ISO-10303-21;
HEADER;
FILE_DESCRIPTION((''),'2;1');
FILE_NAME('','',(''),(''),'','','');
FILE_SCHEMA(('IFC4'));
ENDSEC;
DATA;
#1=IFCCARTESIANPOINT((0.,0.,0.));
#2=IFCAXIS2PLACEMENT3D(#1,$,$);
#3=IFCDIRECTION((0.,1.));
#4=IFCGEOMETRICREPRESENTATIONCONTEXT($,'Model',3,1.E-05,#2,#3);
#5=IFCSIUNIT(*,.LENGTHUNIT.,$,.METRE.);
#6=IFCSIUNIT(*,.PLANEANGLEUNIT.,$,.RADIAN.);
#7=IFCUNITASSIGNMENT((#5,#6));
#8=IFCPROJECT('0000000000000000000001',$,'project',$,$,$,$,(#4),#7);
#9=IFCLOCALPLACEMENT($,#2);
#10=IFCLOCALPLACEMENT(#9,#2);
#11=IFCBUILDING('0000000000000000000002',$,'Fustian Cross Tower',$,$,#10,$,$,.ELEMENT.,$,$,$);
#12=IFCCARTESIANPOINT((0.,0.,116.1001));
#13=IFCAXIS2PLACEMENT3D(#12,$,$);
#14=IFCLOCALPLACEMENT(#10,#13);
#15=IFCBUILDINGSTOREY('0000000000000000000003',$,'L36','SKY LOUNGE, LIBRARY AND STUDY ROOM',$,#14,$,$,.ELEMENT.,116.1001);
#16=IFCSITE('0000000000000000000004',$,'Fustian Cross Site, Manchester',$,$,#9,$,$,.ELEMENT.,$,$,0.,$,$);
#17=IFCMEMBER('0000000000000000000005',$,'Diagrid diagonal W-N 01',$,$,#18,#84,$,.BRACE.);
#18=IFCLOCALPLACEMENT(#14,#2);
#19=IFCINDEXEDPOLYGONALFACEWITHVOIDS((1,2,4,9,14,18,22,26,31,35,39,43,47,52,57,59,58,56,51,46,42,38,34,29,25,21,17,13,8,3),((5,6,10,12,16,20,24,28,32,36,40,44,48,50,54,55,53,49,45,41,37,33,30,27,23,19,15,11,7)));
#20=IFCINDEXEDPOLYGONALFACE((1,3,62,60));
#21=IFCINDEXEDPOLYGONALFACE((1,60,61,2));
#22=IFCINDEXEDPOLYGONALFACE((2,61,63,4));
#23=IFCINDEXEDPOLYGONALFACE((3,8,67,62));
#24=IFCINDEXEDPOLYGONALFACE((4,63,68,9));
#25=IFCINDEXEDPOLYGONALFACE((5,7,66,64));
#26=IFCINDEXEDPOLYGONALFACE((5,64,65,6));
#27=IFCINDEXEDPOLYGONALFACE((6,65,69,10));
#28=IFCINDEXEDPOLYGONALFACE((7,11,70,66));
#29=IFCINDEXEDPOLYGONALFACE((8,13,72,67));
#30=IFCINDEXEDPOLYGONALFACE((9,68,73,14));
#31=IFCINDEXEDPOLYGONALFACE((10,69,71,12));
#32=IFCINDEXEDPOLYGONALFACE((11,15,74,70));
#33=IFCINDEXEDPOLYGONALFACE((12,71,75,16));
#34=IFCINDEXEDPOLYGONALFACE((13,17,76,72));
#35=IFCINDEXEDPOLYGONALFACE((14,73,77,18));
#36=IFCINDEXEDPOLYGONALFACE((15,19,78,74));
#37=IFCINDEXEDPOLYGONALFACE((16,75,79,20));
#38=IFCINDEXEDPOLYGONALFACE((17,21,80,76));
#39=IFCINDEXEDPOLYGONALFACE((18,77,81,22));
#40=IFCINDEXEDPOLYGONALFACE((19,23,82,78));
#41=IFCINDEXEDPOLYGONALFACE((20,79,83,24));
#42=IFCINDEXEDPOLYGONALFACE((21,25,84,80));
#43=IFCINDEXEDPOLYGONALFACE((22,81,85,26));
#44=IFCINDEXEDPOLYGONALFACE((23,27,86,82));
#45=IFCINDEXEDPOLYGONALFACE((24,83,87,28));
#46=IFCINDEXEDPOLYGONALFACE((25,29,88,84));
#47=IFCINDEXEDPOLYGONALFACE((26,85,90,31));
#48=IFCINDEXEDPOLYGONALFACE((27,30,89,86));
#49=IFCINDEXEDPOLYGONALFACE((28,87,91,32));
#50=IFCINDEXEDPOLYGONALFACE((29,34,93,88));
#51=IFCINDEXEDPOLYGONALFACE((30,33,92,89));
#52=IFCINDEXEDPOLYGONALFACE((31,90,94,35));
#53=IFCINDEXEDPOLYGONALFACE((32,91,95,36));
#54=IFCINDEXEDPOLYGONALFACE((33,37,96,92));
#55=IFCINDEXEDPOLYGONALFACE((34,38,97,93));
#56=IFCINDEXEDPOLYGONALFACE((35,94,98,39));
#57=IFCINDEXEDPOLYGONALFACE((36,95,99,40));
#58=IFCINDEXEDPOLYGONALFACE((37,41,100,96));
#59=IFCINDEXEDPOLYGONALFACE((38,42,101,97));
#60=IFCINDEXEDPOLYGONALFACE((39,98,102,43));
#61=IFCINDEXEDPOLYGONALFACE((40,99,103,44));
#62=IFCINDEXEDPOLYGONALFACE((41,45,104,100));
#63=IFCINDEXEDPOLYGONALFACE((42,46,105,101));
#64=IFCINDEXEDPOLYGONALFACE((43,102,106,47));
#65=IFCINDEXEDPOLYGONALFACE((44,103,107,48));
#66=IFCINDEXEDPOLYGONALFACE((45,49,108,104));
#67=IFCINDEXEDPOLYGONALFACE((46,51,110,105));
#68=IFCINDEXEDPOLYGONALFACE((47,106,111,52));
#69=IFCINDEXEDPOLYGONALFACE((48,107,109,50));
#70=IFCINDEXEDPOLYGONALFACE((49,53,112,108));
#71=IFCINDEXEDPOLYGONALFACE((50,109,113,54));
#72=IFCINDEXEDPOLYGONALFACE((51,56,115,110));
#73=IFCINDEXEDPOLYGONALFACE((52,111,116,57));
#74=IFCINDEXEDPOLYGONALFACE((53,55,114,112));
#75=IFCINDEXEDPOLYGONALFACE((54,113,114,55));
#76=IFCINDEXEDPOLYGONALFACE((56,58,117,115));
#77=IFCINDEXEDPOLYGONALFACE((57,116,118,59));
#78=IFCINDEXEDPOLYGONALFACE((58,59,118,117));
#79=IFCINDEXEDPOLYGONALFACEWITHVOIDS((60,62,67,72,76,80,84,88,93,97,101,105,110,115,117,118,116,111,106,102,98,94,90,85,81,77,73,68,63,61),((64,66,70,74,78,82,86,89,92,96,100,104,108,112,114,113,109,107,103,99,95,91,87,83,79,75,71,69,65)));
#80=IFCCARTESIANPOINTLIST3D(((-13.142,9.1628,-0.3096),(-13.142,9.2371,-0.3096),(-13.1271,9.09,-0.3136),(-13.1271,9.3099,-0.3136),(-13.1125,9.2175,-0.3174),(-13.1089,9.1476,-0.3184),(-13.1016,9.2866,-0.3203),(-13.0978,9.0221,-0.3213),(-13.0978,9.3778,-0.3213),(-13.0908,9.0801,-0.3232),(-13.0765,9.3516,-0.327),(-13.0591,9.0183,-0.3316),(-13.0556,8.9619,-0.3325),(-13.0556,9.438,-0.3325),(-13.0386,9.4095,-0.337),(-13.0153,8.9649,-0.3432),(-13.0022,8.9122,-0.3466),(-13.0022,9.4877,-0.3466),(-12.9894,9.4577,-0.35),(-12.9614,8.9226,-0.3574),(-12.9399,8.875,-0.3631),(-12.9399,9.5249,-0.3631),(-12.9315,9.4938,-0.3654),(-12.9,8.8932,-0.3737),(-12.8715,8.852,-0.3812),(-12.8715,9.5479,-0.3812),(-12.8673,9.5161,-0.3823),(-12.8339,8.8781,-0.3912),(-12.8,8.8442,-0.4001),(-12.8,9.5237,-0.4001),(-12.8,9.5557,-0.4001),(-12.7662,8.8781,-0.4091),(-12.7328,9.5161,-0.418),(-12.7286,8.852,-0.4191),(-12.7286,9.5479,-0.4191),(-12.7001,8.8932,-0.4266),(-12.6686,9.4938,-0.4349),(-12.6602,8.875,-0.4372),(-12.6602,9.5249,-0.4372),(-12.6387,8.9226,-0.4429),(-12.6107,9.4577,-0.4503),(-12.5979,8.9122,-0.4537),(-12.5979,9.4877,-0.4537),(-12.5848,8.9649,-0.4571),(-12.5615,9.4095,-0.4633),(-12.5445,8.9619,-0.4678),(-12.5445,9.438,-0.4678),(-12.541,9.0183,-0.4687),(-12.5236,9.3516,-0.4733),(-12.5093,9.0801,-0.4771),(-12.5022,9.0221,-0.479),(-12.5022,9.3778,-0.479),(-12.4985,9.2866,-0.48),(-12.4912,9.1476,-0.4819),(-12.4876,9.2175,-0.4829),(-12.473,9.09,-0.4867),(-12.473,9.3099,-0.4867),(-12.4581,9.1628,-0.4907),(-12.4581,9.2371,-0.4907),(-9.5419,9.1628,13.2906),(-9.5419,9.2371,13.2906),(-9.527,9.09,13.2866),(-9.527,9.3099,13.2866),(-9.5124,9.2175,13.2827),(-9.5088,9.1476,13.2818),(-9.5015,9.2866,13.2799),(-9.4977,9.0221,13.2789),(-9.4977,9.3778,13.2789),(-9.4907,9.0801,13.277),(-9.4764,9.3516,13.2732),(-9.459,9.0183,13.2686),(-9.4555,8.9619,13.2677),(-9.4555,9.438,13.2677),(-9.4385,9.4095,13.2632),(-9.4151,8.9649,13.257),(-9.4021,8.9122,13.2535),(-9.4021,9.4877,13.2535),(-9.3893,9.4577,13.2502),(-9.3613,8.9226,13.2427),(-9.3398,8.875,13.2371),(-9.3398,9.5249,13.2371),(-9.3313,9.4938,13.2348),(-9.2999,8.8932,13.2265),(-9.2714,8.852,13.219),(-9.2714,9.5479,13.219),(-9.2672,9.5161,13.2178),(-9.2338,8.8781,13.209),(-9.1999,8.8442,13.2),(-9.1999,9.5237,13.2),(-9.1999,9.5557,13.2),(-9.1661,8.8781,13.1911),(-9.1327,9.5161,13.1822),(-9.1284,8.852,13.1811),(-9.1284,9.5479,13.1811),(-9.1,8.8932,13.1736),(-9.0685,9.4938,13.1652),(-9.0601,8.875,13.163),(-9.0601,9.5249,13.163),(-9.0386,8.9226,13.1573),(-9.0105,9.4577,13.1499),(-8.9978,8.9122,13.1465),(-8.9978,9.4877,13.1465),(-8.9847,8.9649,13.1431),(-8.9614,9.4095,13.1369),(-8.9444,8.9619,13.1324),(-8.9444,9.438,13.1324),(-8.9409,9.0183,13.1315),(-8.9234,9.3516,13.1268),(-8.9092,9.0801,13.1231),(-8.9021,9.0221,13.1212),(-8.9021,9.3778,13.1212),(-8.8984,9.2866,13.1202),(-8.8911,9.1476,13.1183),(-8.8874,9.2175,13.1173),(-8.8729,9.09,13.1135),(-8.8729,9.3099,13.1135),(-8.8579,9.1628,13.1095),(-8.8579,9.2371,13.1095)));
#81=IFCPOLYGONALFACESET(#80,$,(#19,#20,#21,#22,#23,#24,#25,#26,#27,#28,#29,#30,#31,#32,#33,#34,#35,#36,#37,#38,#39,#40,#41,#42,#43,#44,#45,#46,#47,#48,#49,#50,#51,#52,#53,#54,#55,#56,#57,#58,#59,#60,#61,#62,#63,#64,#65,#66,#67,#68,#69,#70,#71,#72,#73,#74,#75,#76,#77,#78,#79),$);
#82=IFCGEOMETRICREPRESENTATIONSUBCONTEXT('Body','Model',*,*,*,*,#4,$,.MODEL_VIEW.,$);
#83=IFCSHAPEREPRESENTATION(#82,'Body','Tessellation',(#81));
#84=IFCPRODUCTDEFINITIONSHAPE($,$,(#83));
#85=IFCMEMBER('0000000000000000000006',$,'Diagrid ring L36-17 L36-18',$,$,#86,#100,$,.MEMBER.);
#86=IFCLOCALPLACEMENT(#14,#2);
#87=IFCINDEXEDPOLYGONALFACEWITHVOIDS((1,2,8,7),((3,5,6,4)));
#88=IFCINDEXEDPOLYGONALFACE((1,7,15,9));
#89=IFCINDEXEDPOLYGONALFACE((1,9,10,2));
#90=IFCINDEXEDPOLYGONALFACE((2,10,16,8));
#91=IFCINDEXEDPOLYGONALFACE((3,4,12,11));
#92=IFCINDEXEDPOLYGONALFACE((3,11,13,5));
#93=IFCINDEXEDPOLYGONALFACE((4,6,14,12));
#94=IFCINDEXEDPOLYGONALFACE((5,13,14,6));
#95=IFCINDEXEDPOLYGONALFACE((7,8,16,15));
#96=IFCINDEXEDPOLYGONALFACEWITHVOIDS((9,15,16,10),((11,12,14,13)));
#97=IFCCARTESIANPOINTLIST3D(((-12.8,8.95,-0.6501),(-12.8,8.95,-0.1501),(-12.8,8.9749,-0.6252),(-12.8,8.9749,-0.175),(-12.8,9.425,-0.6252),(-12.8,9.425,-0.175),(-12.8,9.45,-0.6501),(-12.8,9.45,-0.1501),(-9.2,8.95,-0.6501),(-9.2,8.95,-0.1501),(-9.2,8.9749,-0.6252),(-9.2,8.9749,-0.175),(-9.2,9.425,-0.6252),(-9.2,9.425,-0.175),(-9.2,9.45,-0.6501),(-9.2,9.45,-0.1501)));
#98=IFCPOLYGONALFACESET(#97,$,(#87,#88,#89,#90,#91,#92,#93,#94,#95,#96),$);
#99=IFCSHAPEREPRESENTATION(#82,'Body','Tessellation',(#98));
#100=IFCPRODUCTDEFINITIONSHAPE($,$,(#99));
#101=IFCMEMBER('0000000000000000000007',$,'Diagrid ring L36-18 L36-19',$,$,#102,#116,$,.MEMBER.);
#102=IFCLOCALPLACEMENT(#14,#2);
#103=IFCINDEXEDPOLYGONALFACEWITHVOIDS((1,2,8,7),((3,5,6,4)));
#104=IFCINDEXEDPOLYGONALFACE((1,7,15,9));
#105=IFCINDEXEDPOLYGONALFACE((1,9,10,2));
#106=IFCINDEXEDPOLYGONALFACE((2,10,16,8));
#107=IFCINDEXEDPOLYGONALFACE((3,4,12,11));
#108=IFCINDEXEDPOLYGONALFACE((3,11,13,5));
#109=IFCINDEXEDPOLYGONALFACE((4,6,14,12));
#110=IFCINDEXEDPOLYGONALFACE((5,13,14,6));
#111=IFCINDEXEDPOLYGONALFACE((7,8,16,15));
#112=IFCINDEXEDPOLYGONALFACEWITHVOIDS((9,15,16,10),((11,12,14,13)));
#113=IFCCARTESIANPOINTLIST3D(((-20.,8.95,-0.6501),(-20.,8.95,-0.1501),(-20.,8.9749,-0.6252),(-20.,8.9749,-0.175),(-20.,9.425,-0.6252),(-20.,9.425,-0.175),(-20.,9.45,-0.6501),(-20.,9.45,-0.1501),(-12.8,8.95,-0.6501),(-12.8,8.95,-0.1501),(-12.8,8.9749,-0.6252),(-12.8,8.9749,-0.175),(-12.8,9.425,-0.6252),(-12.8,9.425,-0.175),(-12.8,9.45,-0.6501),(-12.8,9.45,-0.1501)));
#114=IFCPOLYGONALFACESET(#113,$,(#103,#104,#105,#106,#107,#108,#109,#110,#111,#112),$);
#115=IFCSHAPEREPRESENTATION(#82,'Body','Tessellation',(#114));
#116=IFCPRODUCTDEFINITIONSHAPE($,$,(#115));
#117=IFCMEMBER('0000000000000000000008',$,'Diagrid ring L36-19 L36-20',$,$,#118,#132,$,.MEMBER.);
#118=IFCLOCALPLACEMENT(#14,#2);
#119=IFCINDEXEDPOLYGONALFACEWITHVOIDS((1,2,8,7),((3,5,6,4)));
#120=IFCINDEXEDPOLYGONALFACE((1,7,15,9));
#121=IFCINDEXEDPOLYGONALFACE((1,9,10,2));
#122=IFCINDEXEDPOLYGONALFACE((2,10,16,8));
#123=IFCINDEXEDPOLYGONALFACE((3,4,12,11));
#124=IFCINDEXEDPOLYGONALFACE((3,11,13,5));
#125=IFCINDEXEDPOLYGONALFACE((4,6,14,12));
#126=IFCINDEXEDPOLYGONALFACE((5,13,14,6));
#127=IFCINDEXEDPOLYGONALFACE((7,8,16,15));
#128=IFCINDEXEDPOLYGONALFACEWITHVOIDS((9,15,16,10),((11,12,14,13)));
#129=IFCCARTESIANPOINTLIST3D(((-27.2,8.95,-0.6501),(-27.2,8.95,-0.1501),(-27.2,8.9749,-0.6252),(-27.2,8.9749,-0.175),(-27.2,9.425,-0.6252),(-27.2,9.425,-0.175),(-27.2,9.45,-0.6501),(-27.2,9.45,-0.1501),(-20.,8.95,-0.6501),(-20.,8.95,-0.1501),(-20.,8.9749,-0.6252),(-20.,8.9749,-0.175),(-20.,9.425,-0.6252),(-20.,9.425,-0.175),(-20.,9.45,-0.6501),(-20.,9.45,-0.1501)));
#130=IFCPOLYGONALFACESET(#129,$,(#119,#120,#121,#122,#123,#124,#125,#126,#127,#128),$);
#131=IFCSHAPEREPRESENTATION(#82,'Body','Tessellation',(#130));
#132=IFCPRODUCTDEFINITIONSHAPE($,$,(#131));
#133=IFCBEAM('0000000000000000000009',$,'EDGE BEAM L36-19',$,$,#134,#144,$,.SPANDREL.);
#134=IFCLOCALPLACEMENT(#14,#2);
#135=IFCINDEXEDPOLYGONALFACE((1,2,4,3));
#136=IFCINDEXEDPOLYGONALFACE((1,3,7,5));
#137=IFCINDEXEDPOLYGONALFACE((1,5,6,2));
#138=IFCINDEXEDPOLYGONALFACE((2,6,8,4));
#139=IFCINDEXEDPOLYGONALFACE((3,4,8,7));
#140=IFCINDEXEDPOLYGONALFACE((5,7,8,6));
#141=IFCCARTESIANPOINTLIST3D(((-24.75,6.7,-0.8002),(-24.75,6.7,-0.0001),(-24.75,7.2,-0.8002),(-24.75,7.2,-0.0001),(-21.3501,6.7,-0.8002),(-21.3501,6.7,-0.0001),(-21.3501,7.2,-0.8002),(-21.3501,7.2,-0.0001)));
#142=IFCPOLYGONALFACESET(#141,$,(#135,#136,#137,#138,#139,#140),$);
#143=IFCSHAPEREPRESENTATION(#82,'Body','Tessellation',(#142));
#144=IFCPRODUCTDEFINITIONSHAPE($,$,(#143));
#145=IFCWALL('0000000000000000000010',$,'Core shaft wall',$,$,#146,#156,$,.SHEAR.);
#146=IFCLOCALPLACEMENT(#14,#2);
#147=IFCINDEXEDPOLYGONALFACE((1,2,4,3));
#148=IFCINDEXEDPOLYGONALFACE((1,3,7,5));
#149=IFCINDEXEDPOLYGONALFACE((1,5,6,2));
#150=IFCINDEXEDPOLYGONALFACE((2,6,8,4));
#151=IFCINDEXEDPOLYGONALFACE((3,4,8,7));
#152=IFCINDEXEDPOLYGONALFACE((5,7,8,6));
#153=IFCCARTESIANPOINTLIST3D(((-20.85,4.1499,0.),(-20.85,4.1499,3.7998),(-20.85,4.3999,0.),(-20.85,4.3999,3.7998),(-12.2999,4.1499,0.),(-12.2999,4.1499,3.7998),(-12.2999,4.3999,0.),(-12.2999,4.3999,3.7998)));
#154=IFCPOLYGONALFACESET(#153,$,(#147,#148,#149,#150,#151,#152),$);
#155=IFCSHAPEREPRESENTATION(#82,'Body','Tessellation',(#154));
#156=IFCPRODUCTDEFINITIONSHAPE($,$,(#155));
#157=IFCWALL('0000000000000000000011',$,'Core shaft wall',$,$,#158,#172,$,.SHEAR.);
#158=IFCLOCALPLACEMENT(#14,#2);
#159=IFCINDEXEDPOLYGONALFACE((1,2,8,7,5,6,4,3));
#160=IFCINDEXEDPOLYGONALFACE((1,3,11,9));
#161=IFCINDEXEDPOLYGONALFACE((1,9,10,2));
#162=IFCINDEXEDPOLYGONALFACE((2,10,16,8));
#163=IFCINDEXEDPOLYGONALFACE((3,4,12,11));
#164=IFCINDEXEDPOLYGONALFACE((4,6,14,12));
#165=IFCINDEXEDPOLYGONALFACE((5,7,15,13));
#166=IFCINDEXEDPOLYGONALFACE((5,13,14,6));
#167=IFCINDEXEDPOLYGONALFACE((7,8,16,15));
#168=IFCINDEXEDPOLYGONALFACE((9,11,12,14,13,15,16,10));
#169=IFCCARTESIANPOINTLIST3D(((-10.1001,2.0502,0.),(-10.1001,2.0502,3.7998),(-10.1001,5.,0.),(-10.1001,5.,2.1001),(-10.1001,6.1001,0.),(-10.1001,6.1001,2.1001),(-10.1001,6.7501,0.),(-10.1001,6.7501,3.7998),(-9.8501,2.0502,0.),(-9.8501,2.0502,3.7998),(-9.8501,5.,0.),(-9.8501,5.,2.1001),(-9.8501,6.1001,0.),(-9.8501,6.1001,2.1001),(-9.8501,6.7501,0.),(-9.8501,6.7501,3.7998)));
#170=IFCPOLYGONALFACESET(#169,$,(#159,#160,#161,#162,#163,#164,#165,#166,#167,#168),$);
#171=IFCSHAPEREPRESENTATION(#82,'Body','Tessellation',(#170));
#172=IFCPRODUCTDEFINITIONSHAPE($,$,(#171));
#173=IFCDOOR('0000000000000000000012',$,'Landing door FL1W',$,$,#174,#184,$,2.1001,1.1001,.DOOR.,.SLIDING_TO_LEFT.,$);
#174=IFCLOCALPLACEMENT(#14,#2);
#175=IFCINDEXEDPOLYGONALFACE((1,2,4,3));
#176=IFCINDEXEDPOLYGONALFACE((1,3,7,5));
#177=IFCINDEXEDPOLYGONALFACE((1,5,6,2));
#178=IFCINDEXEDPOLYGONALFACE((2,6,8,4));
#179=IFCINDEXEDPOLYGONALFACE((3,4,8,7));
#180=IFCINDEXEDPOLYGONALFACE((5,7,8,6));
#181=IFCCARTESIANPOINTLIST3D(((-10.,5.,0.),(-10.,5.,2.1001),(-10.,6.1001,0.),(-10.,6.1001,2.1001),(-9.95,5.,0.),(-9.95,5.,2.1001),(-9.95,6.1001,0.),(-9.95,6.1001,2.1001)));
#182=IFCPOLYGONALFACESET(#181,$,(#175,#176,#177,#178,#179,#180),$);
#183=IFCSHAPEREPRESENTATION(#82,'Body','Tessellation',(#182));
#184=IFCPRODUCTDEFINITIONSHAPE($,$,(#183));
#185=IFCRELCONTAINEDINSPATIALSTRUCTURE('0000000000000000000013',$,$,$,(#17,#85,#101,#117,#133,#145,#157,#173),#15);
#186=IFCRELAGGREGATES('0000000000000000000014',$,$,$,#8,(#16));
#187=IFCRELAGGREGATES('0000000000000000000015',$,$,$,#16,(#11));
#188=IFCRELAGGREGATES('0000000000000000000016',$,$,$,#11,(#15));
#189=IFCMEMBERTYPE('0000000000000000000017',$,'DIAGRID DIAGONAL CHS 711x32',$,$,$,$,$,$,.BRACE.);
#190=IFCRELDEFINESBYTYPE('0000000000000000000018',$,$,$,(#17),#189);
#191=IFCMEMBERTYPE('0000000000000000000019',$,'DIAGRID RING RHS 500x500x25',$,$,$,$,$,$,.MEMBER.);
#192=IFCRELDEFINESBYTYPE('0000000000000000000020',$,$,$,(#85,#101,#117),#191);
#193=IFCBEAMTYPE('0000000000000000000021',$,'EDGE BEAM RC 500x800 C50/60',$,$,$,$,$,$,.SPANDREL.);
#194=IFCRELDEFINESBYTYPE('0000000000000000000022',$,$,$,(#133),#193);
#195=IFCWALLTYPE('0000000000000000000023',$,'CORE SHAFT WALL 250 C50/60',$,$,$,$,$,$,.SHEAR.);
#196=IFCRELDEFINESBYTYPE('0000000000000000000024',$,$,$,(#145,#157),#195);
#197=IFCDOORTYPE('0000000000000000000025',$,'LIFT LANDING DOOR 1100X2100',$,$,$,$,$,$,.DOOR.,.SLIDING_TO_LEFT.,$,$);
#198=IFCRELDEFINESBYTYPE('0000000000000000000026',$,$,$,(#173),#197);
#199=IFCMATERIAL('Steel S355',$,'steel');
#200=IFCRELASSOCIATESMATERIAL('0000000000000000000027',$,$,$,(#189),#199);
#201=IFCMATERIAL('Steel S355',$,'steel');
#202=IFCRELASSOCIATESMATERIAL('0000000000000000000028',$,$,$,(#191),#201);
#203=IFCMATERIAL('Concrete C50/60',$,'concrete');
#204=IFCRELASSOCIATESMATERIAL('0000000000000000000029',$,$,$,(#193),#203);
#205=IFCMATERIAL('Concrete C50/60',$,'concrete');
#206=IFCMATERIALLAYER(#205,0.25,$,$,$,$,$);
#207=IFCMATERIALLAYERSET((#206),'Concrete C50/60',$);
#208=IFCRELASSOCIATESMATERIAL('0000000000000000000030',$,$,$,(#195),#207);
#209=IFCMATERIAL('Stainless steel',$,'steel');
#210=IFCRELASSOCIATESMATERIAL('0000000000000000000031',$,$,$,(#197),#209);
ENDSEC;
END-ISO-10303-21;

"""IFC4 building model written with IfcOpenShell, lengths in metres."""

from ifc_helpers import new_model, si_unit, direction, frame, frame_2d, origin, origin_2d, place, context, subcontext, project, spatial, rectangle, hollow_rectangle, hollow_circle, extrude, material, layer, layer_set, material_profile, profile_set, type_object, element, fill, save


model = new_model("IFC4")

# Units and contexts
model_context = context("Model", 3, precision=1e-05, world=origin(), true_north=direction((0.0, 1.0)))
body_context = subcontext(model_context, "Body", "Model", "MODEL_VIEW")
ifc_project = project(units=[si_unit("LENGTHUNIT", "METRE"), si_unit("PLANEANGLEUNIT", "RADIAN")], contexts=[model_context])

# Site, building, storey
site_placement = place(None, origin())
site = spatial("IfcSite", under=ifc_project, at=site_placement, Name="Fustian Cross Site, Manchester", CompositionType="ELEMENT", RefElevation=0.0)
building_placement = place(site_placement, origin())
building = spatial("IfcBuilding", under=site, at=building_placement, Name="Fustian Cross Tower", CompositionType="ELEMENT")
storey_placement = place(building_placement, frame((0.0, 0.0, 116.1001)))
storey = spatial("IfcBuildingStorey", under=building, at=storey_placement, Name="L36", Description="SKY LOUNGE, LIBRARY AND STUDY ROOM", CompositionType="ELEMENT", Elevation=116.1001)

# Members
ifc_material_1 = material(Name="Steel S355", Category="steel")
ifc_material_profile_1 = material_profile(ifc_material_1, hollow_circle(Radius=0.3557, WallThickness=0.032, at=origin_2d()), Name="CHS 711x32")
ifc_profile_set_1 = profile_set([ifc_material_profile_1], Name="Steel S355")
member_type_1 = type_object("IfcMemberType", Name="DIAGRID DIAGONAL CHS 711x32", PredefinedType="BRACE", material=ifc_profile_set_1)
for number, where, z_axis, x_axis, name in (
    (1, (-12.8, 9.2, -0.4001), (0.255897, 0.0, 0.966704), (0.0, 1.0, 0.0), "Diagrid diagonal W-N 01"),
):
    element("IfcMember", number, at=place(storey_placement, frame(where, z_axis=z_axis, x_axis=x_axis)), inside=storey, type_object=member_type_1, Name=name, PredefinedType="BRACE", context=body_context, shape_type="SweptSolid", body=[
        extrude(hollow_circle(Radius=0.3557, WallThickness=0.032, at=origin_2d()), origin(), (0.0, 0.0, 1.0), 14.0686),
    ])
ifc_material_2 = material(Name="Steel S355", Category="steel")
ifc_material_profile_2 = material_profile(ifc_material_2, hollow_rectangle(XDim=0.5, YDim=0.5, WallThickness=0.0249, at=origin_2d()), Name="RHS 500x500x25")
ifc_profile_set_2 = profile_set([ifc_material_profile_2], Name="Steel S355")
member_type_2 = type_object("IfcMemberType", Name="DIAGRID RING RHS 500x500x25", PredefinedType="MEMBER", material=ifc_profile_set_2)
member_placement = place(storey_placement, frame((-9.2, 9.2, -0.4001), z_axis=(-1.0, 0.0, 0.0), x_axis=(0.0, -1.0, 0.0)))
element("IfcMember", 2, at=member_placement, inside=storey, type_object=member_type_2, Name="Diagrid ring L36-17 L36-18", PredefinedType="MEMBER", context=body_context, shape_type="SweptSolid", body=[
    extrude(hollow_rectangle(XDim=0.5, YDim=0.5, WallThickness=0.0249, at=origin_2d()), origin(), (0.0, 0.0, 1.0), 3.6001),
])
for number, where, z_axis, x_axis, name in (
    (3, (-12.8, 9.2, -0.4001), (-1.0, 0.0, 0.0), (0.0, -1.0, 0.0), "Diagrid ring L36-18 L36-19"),
    (4, (-20.0, 9.2, -0.4001), (-1.0, 0.0, 0.0), (0.0, -1.0, 0.0), "Diagrid ring L36-19 L36-20"),
):
    element("IfcMember", number, at=place(storey_placement, frame(where, z_axis=z_axis, x_axis=x_axis)), inside=storey, type_object=member_type_2, Name=name, PredefinedType="MEMBER", context=body_context, shape_type="SweptSolid", body=[
        extrude(hollow_rectangle(XDim=0.5, YDim=0.5, WallThickness=0.0249, at=origin_2d()), origin(), (0.0, 0.0, 1.0), 7.2),
    ])

# Beam
ifc_material_3 = material(Name="Concrete C50/60", Category="concrete")
ifc_material_profile_3 = material_profile(ifc_material_3, rectangle(XDim=0.5, YDim=0.8, at=origin_2d()), Name="RC 500x800")
ifc_profile_set_3 = profile_set([ifc_material_profile_3], Name="Concrete C50/60")
beam_type = type_object("IfcBeamType", Name="EDGE BEAM RC 500x800 C50/60", PredefinedType="SPANDREL", material=ifc_profile_set_3)
beam_placement = place(storey_placement, frame((-21.3501, 6.95, -0.4001), z_axis=(-1.0, 0.0, 0.0), x_axis=(0.0, -1.0, 0.0)))
element("IfcBeam", 5, at=beam_placement, inside=storey, type_object=beam_type, Name="EDGE BEAM L36-19", PredefinedType="SPANDREL", context=body_context, shape_type="SweptSolid", body=[
    extrude(rectangle(XDim=0.5, YDim=0.8, at=origin_2d()), origin(), (0.0, 0.0, 1.0), 3.3999),
])

# Wall
ifc_material_4 = material(Name="Concrete C50/60", Category="concrete")
ifc_layer_1 = layer(ifc_material_4, 0.25)
ifc_layer_set_1 = layer_set([ifc_layer_1], Name="Concrete C50/60")
wall_type_1 = type_object("IfcWallType", Name="CORE SHAFT WALL 250 C50/60", PredefinedType="SHEAR", material=ifc_layer_set_1)
wall_1_placement = place(storey_placement, frame((-12.3, 4.2749, 0.0), z_axis=(0.0, 0.0, 1.0), x_axis=(-1.0, 0.0, 0.0)))
element("IfcWall", 6, at=wall_1_placement, inside=storey, type_object=wall_type_1, Name="Core shaft wall", PredefinedType="SHEAR", context=body_context, shape_type="SweptSolid", body=[
    extrude(rectangle(XDim=8.55, YDim=0.25, at=frame_2d((4.2749, 0.0))), origin(), (0.0, 0.0, 1.0), 3.7998),
])

# Wall, opening, door
wall_2_placement = place(storey_placement, frame((-9.9751, 2.05, 0.0), z_axis=(0.0, 0.0, 1.0), x_axis=(0.0, 1.0, 0.0)))
wall_2 = element("IfcWall", 7, at=wall_2_placement, inside=storey, type_object=wall_type_1, Name="Core shaft wall", PredefinedType="SHEAR", context=body_context, shape_type="SweptSolid", body=[
    extrude(rectangle(XDim=4.7, YDim=0.25, at=frame_2d((2.3501, 0.0))), origin(), (0.0, 0.0, 1.0), 3.7998),
])
opening_1_placement = place(wall_2_placement, frame((2.95, 0.0, 0.0)))
opening_1 = element("IfcOpeningElement", 8, at=opening_1_placement, cuts=wall_2, PredefinedType="OPENING", context=body_context, shape_type="SweptSolid", body=[
    extrude(rectangle(XDim=1.1001, YDim=2.1001, at=frame_2d((0.55, 1.05))), frame((0.0, 0.135, 0.0), z_axis=(0.0, -1.0, 0.0), x_axis=(1.0, 0.0, 0.0)), (0.0, 0.0, 1.0), 0.27),
])
ifc_material_5 = material(Name="Stainless steel", Category="steel")
door_type_1 = type_object("IfcDoorType", Name="LIFT LANDING DOOR 1100X2100", OperationType="SLIDING_TO_LEFT", PredefinedType="DOOR", material=ifc_material_5)
door_1_placement = place(opening_1_placement, origin())
door_1 = element("IfcDoor", 9, at=door_1_placement, inside=storey, type_object=door_type_1, Name="Landing door FL1W", OperationType="SLIDING_TO_LEFT", OverallHeight=2.1001, OverallWidth=1.1001, PredefinedType="DOOR", context=body_context, shape_type="SweptSolid", body=[
    extrude(rectangle(XDim=1.1001, YDim=2.1001, at=frame_2d((0.55, 1.05))), frame((0.0, 0.0249, 0.0), z_axis=(0.0, -1.0, 0.0), x_axis=(1.0, 0.0, 0.0)), (0.0, 0.0, 1.0), 0.05),
])
fill(opening_1, door_1)

save(model, "model.ifc")
